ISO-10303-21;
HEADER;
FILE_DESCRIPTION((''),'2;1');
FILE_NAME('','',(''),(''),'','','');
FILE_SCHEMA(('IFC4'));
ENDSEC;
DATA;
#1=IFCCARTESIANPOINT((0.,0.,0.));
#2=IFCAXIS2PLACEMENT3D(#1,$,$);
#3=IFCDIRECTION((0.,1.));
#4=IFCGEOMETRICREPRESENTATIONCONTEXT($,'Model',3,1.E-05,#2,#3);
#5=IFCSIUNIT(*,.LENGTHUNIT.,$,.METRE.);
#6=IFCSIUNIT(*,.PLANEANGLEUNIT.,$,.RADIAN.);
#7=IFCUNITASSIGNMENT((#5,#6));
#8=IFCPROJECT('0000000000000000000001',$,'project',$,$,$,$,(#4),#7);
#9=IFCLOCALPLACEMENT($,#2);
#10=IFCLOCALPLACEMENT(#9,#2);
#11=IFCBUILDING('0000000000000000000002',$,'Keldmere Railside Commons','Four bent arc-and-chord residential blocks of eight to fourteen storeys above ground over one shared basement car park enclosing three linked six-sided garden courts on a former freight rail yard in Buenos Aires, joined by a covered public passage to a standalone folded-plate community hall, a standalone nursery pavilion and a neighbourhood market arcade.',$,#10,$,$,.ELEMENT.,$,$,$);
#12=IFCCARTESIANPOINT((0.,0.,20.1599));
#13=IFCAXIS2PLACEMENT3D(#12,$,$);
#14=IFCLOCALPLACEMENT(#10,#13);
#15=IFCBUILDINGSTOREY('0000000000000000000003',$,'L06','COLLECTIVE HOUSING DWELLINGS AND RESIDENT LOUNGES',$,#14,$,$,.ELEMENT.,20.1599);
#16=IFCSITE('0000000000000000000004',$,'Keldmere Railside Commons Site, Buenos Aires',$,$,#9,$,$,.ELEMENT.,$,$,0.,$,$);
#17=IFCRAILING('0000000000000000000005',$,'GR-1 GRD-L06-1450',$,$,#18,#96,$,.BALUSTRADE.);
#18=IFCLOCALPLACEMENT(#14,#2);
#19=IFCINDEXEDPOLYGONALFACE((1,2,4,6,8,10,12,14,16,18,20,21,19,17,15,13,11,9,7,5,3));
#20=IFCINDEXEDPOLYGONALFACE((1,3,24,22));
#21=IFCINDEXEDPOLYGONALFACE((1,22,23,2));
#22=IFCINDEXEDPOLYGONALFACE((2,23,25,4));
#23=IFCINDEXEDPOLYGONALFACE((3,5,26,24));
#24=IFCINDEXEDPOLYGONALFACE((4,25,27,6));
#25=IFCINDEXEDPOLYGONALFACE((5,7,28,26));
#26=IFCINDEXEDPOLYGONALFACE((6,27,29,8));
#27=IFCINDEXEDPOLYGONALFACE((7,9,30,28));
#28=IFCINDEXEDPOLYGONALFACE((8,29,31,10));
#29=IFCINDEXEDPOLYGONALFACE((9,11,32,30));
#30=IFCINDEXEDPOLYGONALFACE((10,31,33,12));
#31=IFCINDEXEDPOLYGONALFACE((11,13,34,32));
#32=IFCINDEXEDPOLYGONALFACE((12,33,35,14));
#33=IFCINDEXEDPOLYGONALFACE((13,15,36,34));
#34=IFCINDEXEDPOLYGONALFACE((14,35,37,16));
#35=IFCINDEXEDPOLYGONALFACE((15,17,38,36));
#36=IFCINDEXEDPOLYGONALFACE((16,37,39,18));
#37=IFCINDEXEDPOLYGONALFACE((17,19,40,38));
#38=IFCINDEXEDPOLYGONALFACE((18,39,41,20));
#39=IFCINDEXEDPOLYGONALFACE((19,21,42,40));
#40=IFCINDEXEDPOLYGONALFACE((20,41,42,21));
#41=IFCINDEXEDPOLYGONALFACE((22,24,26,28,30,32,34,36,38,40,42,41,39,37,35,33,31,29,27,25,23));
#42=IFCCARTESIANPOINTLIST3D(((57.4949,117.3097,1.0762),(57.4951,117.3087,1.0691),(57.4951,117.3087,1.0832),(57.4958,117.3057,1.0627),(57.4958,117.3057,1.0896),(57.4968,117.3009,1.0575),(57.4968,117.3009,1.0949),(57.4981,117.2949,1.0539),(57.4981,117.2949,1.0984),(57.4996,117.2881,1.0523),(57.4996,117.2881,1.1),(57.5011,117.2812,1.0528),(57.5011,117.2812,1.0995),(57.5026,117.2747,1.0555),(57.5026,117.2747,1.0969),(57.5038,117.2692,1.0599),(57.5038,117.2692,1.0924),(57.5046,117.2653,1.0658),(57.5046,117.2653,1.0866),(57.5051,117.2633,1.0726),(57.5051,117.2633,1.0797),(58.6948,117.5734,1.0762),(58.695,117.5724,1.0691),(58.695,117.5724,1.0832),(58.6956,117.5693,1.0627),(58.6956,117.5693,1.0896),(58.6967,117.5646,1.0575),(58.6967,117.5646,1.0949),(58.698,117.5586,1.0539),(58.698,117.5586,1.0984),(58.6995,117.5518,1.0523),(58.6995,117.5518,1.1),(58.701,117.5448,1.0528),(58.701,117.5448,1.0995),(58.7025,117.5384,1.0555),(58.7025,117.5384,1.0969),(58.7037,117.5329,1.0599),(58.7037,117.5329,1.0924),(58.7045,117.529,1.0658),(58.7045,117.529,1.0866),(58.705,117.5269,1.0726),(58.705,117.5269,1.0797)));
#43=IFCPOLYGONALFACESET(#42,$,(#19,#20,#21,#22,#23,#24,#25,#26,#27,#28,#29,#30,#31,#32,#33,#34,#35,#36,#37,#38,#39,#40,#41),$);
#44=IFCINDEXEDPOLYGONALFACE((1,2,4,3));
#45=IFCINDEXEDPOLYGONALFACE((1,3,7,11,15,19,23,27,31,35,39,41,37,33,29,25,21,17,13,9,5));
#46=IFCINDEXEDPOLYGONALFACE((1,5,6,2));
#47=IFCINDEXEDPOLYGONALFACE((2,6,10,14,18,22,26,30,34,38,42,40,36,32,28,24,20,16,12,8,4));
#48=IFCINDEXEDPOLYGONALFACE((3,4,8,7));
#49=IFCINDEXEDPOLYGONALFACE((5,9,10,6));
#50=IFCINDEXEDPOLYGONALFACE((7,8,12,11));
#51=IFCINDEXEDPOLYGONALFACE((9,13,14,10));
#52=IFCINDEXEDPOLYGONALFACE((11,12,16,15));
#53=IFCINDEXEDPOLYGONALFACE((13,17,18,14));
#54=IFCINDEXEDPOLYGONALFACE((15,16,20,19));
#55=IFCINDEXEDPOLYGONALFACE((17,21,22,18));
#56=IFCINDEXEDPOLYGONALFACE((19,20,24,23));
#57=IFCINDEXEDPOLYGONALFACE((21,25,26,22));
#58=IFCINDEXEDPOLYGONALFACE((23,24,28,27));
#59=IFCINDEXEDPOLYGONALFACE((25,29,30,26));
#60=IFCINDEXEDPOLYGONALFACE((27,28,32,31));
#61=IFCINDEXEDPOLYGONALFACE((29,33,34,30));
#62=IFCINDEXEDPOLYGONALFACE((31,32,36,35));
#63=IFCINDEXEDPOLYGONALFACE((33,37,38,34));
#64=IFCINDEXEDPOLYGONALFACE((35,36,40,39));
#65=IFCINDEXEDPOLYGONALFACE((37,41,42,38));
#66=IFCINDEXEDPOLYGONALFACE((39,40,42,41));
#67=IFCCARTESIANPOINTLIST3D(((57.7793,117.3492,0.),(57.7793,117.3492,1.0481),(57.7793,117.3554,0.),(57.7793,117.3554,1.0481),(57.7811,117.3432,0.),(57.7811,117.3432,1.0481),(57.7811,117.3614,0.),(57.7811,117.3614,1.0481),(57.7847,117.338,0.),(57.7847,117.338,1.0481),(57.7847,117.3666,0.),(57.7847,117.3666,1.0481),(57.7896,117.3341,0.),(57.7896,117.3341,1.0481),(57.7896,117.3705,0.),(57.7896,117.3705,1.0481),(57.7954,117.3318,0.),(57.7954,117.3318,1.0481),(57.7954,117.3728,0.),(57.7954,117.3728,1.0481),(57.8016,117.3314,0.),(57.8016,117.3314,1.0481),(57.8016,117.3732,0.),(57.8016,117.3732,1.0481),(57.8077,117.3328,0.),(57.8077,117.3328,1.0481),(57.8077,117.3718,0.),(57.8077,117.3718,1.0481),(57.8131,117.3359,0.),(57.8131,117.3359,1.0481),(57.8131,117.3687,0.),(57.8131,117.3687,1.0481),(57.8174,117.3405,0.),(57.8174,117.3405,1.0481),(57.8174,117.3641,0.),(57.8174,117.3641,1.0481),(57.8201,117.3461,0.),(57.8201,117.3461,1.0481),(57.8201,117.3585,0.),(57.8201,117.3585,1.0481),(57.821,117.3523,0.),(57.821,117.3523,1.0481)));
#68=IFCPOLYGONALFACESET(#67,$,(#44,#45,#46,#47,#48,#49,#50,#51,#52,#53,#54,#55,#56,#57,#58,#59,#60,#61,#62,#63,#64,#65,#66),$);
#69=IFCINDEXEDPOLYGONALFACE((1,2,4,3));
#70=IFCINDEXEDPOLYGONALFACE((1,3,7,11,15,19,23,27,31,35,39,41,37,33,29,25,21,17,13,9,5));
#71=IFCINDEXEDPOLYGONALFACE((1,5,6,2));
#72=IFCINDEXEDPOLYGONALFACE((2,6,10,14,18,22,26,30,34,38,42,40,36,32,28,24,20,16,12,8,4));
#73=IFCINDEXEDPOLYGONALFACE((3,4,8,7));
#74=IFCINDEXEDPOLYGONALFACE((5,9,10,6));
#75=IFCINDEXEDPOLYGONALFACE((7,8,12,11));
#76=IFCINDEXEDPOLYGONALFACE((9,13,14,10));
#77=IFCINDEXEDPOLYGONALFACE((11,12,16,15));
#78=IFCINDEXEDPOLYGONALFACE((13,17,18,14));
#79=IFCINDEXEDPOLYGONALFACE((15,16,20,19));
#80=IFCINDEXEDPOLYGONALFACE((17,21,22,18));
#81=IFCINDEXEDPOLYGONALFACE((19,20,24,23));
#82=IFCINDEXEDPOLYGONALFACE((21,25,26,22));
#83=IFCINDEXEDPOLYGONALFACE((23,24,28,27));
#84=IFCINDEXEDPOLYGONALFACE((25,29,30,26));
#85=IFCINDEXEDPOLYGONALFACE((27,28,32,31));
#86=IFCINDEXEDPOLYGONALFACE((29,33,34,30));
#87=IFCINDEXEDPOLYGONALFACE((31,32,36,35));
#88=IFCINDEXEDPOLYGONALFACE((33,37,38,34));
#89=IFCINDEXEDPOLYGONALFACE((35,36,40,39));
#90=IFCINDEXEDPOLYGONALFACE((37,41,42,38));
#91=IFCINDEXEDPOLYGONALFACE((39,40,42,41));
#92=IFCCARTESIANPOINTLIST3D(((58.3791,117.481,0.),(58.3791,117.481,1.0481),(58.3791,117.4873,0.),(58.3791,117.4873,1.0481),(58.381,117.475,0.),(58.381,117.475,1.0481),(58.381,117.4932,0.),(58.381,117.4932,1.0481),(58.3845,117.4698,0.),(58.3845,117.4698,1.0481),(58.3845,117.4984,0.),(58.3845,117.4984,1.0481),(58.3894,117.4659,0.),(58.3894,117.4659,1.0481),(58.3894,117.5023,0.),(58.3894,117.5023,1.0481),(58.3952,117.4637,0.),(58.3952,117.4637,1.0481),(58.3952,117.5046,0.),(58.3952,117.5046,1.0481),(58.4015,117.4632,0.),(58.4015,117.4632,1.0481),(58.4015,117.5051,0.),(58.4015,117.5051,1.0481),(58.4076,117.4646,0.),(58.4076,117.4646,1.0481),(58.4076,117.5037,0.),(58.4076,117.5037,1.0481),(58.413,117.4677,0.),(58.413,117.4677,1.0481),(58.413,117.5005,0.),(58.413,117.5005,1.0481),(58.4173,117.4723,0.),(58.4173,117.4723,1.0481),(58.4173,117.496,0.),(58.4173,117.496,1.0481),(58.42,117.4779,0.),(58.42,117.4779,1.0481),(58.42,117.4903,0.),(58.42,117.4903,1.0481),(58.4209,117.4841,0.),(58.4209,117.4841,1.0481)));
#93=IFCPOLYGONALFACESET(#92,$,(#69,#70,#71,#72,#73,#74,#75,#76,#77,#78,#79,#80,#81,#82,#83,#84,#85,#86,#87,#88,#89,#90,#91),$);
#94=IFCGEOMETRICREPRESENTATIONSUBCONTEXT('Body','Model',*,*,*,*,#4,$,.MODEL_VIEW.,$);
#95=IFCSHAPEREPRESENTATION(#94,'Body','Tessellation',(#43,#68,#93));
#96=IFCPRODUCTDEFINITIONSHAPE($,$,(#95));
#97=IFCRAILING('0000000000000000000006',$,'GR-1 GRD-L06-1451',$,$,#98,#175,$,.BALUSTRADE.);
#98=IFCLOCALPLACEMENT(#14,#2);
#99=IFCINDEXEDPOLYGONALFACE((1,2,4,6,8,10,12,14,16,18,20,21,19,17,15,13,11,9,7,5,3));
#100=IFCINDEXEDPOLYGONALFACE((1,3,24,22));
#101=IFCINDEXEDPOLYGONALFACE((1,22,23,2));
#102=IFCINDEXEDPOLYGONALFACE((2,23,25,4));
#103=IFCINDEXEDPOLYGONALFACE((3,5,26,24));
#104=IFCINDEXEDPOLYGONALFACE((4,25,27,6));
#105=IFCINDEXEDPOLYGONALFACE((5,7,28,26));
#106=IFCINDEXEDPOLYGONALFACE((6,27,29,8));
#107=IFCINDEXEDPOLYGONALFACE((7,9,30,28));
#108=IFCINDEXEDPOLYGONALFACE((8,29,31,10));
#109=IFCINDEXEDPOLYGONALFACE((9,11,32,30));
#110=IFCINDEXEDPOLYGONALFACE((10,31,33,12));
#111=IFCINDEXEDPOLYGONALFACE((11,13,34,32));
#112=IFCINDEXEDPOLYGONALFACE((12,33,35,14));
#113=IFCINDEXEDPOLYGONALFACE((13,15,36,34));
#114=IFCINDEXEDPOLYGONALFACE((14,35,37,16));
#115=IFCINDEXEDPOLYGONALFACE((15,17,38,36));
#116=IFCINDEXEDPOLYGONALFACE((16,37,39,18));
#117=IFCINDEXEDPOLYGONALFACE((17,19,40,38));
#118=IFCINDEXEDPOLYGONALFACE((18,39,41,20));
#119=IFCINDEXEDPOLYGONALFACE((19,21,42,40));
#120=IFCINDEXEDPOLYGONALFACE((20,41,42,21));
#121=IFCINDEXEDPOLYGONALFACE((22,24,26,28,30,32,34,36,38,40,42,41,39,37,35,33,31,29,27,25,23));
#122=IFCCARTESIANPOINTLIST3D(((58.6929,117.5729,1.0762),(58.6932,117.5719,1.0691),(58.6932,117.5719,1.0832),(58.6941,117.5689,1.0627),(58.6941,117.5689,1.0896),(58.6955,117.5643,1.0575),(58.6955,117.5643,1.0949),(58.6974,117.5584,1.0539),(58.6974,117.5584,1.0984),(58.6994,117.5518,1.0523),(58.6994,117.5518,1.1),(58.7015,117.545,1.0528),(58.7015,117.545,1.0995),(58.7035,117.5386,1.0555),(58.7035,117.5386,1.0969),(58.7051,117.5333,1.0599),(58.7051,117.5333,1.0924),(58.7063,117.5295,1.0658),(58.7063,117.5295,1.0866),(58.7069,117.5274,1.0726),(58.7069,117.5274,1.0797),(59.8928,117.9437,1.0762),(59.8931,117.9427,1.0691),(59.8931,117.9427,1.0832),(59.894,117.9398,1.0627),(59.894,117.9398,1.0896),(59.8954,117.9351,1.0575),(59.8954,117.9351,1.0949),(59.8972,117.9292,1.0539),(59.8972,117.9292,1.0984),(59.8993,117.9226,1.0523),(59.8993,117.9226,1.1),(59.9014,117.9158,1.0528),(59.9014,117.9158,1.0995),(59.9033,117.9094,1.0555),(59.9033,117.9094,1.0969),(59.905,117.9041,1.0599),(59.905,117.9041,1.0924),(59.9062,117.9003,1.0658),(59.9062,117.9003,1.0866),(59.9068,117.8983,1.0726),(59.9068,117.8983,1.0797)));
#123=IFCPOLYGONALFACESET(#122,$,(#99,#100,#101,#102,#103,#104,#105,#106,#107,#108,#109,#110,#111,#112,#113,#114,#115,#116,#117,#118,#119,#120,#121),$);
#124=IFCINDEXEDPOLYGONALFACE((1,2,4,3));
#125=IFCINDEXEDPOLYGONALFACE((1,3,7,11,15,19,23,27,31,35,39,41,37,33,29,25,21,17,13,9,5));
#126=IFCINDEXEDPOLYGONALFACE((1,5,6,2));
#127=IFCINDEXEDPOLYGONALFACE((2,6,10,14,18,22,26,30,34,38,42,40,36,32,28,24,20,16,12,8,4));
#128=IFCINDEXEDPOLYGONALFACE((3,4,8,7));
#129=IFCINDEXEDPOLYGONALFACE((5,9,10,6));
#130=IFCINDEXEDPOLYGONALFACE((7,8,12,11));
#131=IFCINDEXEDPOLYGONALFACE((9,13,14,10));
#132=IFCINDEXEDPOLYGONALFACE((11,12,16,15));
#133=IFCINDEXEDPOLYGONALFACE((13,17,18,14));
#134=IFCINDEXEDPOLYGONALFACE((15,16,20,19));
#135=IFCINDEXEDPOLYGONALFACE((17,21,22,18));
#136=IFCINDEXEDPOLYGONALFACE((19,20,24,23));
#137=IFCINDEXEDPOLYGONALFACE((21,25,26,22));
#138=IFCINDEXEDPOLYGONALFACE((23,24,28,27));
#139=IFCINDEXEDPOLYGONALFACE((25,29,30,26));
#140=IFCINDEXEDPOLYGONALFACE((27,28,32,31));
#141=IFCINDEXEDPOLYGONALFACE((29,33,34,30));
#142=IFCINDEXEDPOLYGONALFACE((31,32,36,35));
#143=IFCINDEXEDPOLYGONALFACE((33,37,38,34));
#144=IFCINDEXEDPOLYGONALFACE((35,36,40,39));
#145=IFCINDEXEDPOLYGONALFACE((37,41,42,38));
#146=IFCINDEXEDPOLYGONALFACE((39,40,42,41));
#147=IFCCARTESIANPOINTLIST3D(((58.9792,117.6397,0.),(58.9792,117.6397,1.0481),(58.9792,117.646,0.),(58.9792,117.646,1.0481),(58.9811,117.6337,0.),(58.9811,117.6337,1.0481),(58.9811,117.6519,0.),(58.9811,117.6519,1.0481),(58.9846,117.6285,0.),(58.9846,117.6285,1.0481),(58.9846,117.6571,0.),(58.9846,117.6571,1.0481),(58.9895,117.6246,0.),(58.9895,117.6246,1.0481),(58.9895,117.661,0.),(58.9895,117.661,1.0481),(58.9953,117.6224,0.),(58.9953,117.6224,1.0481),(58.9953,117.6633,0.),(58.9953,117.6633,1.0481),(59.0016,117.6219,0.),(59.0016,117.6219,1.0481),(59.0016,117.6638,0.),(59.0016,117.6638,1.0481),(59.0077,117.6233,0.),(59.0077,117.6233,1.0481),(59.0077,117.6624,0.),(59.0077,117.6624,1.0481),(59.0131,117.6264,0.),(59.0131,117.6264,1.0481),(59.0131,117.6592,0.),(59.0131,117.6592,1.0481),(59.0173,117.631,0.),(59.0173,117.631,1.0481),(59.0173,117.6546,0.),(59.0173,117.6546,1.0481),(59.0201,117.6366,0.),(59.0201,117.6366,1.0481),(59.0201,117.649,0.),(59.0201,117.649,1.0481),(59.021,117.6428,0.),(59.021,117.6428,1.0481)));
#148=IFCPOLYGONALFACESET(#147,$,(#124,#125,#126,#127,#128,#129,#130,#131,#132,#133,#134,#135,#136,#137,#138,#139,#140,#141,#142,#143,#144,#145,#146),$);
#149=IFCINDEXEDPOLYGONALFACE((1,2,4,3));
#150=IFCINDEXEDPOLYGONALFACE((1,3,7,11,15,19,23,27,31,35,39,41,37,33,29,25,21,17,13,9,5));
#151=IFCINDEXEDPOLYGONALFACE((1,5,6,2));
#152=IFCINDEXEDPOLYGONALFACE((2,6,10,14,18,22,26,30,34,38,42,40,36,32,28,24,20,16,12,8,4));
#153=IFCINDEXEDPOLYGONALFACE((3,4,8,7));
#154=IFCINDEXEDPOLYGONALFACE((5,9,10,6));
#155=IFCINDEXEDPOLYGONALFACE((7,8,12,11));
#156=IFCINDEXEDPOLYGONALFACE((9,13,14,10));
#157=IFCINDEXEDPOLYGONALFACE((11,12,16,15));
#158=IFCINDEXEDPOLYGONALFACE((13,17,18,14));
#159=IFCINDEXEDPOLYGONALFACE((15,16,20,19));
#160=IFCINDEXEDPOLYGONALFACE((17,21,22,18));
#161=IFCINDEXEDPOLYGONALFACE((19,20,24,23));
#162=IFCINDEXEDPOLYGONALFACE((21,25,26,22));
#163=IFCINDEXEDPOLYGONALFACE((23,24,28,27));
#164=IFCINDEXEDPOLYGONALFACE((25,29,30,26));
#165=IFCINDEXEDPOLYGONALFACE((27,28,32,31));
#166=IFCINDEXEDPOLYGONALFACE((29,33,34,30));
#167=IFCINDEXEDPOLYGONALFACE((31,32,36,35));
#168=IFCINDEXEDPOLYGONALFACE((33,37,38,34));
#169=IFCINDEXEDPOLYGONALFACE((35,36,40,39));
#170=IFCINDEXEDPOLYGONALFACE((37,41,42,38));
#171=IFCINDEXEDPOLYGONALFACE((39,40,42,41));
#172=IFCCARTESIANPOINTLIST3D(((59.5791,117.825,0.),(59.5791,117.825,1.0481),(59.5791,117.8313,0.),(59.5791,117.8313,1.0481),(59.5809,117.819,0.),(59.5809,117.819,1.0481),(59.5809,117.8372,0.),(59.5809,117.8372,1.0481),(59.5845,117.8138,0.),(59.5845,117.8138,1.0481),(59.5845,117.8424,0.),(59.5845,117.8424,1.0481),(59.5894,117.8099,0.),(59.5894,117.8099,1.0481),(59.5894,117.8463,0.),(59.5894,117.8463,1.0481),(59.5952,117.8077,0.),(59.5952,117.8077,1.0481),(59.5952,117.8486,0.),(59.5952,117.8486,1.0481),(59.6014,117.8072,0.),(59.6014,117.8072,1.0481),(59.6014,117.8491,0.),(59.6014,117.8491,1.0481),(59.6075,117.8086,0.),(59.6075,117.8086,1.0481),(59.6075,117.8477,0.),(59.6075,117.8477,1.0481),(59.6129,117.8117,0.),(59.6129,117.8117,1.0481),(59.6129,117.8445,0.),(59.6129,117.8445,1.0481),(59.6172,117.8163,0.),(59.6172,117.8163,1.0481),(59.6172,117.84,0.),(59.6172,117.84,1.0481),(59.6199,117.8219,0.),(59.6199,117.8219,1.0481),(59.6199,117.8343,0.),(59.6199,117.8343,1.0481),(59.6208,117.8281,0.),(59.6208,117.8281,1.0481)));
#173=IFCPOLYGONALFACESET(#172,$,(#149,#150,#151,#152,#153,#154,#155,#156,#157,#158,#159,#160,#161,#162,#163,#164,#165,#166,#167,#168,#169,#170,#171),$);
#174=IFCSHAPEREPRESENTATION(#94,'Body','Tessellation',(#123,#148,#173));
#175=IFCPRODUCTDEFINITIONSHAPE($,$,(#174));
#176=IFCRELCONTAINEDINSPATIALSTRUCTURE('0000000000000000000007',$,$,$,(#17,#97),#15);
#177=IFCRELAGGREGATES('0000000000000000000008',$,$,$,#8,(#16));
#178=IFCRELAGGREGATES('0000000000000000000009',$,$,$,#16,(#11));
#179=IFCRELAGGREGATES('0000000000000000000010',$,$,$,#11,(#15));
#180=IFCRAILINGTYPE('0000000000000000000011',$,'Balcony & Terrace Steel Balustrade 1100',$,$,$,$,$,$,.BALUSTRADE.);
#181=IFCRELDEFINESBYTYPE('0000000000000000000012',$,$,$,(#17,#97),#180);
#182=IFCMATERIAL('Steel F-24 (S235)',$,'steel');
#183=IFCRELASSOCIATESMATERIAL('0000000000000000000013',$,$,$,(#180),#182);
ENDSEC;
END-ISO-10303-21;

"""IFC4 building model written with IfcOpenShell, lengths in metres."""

from ifc_helpers import new_model, si_unit, direction, frame, origin, origin_2d, place, context, subcontext, project, spatial, circle, extrude, material, type_object, element, save


model = new_model("IFC4")

# Units and contexts
model_context = context("Model", 3, precision=1e-05, world=origin(), true_north=direction((0.0, 1.0)))
body_context = subcontext(model_context, "Body", "Model", "MODEL_VIEW")
ifc_project = project(units=[si_unit("LENGTHUNIT", "METRE"), si_unit("PLANEANGLEUNIT", "RADIAN")], contexts=[model_context])

# Site, building, storey
site_placement = place(None, origin())
site = spatial("IfcSite", under=ifc_project, at=site_placement, Name="Keldmere Railside Commons Site, Buenos Aires", CompositionType="ELEMENT", RefElevation=0.0)
building_placement = place(site_placement, origin())
building = spatial("IfcBuilding", under=site, at=building_placement, Name="Keldmere Railside Commons", Description="Four bent arc-and-chord residential blocks of eight to fourteen storeys above ground over one shared basement car park enclosing three linked six-sided garden courts on a former freight rail yard in Buenos Aires, joined by a covered public passage to a standalone folded-plate community hall, a standalone nursery pavilion and a neighbourhood market arcade.", CompositionType="ELEMENT")
storey_placement = place(building_placement, frame((0.0, 0.0, 20.1599)))
storey = spatial("IfcBuildingStorey", under=building, at=storey_placement, Name="L06", Description="COLLECTIVE HOUSING DWELLINGS AND RESIDENT LOUNGES", CompositionType="ELEMENT", Elevation=20.1599)

# Railings
ifc_material_1 = material(Name="Steel F-24 (S235)", Category="steel")
railing_type = type_object("IfcRailingType", Name="Balcony & Terrace Steel Balustrade 1100", PredefinedType="BALUSTRADE", material=ifc_material_1)
railing_1_placement = place(storey_placement, frame((57.5, 117.2864, 0.0)))
element("IfcRailing", 1, at=railing_1_placement, inside=storey, type_object=railing_type, Name="GR-1 GRD-L06-1450", PredefinedType="BALUSTRADE", context=body_context, shape_type="SweptSolid", body=[
    extrude(circle(Radius=0.0239, at=origin_2d()), frame((0.0, 0.0, 1.0762), z_axis=(0.976699, 0.214615, 0.0), x_axis=(-0.214615, 0.976699, 0.0)), (0.0, 0.0, 1.0), 1.2285),
    extrude(circle(Radius=0.021, at=origin_2d()), frame((0.3, 0.0659, 0.0)), (0.0, 0.0, 1.0), 1.0481),
    extrude(circle(Radius=0.021, at=origin_2d()), frame((0.8999, 0.1978, 0.0)), (0.0, 0.0, 1.0), 1.0481),
])
railing_2_placement = place(storey_placement, frame((58.7, 117.55, 0.0)))
element("IfcRailing", 2, at=railing_2_placement, inside=storey, type_object=railing_type, Name="GR-1 GRD-L06-1451", PredefinedType="BALUSTRADE", context=body_context, shape_type="SweptSolid", body=[
    extrude(circle(Radius=0.0239, at=origin_2d()), frame((0.0, 0.0, 1.0762), z_axis=(0.955413, 0.295274, 0.0), x_axis=(-0.295274, 0.955413, 0.0)), (0.0, 0.0, 1.0), 1.2559),
    extrude(circle(Radius=0.021, at=origin_2d()), frame((0.3, 0.0928, 0.0)), (0.0, 0.0, 1.0), 1.0481),
    extrude(circle(Radius=0.021, at=origin_2d()), frame((0.8999, 0.2781, 0.0)), (0.0, 0.0, 1.0), 1.0481),
])

save(model, "model.ifc")
